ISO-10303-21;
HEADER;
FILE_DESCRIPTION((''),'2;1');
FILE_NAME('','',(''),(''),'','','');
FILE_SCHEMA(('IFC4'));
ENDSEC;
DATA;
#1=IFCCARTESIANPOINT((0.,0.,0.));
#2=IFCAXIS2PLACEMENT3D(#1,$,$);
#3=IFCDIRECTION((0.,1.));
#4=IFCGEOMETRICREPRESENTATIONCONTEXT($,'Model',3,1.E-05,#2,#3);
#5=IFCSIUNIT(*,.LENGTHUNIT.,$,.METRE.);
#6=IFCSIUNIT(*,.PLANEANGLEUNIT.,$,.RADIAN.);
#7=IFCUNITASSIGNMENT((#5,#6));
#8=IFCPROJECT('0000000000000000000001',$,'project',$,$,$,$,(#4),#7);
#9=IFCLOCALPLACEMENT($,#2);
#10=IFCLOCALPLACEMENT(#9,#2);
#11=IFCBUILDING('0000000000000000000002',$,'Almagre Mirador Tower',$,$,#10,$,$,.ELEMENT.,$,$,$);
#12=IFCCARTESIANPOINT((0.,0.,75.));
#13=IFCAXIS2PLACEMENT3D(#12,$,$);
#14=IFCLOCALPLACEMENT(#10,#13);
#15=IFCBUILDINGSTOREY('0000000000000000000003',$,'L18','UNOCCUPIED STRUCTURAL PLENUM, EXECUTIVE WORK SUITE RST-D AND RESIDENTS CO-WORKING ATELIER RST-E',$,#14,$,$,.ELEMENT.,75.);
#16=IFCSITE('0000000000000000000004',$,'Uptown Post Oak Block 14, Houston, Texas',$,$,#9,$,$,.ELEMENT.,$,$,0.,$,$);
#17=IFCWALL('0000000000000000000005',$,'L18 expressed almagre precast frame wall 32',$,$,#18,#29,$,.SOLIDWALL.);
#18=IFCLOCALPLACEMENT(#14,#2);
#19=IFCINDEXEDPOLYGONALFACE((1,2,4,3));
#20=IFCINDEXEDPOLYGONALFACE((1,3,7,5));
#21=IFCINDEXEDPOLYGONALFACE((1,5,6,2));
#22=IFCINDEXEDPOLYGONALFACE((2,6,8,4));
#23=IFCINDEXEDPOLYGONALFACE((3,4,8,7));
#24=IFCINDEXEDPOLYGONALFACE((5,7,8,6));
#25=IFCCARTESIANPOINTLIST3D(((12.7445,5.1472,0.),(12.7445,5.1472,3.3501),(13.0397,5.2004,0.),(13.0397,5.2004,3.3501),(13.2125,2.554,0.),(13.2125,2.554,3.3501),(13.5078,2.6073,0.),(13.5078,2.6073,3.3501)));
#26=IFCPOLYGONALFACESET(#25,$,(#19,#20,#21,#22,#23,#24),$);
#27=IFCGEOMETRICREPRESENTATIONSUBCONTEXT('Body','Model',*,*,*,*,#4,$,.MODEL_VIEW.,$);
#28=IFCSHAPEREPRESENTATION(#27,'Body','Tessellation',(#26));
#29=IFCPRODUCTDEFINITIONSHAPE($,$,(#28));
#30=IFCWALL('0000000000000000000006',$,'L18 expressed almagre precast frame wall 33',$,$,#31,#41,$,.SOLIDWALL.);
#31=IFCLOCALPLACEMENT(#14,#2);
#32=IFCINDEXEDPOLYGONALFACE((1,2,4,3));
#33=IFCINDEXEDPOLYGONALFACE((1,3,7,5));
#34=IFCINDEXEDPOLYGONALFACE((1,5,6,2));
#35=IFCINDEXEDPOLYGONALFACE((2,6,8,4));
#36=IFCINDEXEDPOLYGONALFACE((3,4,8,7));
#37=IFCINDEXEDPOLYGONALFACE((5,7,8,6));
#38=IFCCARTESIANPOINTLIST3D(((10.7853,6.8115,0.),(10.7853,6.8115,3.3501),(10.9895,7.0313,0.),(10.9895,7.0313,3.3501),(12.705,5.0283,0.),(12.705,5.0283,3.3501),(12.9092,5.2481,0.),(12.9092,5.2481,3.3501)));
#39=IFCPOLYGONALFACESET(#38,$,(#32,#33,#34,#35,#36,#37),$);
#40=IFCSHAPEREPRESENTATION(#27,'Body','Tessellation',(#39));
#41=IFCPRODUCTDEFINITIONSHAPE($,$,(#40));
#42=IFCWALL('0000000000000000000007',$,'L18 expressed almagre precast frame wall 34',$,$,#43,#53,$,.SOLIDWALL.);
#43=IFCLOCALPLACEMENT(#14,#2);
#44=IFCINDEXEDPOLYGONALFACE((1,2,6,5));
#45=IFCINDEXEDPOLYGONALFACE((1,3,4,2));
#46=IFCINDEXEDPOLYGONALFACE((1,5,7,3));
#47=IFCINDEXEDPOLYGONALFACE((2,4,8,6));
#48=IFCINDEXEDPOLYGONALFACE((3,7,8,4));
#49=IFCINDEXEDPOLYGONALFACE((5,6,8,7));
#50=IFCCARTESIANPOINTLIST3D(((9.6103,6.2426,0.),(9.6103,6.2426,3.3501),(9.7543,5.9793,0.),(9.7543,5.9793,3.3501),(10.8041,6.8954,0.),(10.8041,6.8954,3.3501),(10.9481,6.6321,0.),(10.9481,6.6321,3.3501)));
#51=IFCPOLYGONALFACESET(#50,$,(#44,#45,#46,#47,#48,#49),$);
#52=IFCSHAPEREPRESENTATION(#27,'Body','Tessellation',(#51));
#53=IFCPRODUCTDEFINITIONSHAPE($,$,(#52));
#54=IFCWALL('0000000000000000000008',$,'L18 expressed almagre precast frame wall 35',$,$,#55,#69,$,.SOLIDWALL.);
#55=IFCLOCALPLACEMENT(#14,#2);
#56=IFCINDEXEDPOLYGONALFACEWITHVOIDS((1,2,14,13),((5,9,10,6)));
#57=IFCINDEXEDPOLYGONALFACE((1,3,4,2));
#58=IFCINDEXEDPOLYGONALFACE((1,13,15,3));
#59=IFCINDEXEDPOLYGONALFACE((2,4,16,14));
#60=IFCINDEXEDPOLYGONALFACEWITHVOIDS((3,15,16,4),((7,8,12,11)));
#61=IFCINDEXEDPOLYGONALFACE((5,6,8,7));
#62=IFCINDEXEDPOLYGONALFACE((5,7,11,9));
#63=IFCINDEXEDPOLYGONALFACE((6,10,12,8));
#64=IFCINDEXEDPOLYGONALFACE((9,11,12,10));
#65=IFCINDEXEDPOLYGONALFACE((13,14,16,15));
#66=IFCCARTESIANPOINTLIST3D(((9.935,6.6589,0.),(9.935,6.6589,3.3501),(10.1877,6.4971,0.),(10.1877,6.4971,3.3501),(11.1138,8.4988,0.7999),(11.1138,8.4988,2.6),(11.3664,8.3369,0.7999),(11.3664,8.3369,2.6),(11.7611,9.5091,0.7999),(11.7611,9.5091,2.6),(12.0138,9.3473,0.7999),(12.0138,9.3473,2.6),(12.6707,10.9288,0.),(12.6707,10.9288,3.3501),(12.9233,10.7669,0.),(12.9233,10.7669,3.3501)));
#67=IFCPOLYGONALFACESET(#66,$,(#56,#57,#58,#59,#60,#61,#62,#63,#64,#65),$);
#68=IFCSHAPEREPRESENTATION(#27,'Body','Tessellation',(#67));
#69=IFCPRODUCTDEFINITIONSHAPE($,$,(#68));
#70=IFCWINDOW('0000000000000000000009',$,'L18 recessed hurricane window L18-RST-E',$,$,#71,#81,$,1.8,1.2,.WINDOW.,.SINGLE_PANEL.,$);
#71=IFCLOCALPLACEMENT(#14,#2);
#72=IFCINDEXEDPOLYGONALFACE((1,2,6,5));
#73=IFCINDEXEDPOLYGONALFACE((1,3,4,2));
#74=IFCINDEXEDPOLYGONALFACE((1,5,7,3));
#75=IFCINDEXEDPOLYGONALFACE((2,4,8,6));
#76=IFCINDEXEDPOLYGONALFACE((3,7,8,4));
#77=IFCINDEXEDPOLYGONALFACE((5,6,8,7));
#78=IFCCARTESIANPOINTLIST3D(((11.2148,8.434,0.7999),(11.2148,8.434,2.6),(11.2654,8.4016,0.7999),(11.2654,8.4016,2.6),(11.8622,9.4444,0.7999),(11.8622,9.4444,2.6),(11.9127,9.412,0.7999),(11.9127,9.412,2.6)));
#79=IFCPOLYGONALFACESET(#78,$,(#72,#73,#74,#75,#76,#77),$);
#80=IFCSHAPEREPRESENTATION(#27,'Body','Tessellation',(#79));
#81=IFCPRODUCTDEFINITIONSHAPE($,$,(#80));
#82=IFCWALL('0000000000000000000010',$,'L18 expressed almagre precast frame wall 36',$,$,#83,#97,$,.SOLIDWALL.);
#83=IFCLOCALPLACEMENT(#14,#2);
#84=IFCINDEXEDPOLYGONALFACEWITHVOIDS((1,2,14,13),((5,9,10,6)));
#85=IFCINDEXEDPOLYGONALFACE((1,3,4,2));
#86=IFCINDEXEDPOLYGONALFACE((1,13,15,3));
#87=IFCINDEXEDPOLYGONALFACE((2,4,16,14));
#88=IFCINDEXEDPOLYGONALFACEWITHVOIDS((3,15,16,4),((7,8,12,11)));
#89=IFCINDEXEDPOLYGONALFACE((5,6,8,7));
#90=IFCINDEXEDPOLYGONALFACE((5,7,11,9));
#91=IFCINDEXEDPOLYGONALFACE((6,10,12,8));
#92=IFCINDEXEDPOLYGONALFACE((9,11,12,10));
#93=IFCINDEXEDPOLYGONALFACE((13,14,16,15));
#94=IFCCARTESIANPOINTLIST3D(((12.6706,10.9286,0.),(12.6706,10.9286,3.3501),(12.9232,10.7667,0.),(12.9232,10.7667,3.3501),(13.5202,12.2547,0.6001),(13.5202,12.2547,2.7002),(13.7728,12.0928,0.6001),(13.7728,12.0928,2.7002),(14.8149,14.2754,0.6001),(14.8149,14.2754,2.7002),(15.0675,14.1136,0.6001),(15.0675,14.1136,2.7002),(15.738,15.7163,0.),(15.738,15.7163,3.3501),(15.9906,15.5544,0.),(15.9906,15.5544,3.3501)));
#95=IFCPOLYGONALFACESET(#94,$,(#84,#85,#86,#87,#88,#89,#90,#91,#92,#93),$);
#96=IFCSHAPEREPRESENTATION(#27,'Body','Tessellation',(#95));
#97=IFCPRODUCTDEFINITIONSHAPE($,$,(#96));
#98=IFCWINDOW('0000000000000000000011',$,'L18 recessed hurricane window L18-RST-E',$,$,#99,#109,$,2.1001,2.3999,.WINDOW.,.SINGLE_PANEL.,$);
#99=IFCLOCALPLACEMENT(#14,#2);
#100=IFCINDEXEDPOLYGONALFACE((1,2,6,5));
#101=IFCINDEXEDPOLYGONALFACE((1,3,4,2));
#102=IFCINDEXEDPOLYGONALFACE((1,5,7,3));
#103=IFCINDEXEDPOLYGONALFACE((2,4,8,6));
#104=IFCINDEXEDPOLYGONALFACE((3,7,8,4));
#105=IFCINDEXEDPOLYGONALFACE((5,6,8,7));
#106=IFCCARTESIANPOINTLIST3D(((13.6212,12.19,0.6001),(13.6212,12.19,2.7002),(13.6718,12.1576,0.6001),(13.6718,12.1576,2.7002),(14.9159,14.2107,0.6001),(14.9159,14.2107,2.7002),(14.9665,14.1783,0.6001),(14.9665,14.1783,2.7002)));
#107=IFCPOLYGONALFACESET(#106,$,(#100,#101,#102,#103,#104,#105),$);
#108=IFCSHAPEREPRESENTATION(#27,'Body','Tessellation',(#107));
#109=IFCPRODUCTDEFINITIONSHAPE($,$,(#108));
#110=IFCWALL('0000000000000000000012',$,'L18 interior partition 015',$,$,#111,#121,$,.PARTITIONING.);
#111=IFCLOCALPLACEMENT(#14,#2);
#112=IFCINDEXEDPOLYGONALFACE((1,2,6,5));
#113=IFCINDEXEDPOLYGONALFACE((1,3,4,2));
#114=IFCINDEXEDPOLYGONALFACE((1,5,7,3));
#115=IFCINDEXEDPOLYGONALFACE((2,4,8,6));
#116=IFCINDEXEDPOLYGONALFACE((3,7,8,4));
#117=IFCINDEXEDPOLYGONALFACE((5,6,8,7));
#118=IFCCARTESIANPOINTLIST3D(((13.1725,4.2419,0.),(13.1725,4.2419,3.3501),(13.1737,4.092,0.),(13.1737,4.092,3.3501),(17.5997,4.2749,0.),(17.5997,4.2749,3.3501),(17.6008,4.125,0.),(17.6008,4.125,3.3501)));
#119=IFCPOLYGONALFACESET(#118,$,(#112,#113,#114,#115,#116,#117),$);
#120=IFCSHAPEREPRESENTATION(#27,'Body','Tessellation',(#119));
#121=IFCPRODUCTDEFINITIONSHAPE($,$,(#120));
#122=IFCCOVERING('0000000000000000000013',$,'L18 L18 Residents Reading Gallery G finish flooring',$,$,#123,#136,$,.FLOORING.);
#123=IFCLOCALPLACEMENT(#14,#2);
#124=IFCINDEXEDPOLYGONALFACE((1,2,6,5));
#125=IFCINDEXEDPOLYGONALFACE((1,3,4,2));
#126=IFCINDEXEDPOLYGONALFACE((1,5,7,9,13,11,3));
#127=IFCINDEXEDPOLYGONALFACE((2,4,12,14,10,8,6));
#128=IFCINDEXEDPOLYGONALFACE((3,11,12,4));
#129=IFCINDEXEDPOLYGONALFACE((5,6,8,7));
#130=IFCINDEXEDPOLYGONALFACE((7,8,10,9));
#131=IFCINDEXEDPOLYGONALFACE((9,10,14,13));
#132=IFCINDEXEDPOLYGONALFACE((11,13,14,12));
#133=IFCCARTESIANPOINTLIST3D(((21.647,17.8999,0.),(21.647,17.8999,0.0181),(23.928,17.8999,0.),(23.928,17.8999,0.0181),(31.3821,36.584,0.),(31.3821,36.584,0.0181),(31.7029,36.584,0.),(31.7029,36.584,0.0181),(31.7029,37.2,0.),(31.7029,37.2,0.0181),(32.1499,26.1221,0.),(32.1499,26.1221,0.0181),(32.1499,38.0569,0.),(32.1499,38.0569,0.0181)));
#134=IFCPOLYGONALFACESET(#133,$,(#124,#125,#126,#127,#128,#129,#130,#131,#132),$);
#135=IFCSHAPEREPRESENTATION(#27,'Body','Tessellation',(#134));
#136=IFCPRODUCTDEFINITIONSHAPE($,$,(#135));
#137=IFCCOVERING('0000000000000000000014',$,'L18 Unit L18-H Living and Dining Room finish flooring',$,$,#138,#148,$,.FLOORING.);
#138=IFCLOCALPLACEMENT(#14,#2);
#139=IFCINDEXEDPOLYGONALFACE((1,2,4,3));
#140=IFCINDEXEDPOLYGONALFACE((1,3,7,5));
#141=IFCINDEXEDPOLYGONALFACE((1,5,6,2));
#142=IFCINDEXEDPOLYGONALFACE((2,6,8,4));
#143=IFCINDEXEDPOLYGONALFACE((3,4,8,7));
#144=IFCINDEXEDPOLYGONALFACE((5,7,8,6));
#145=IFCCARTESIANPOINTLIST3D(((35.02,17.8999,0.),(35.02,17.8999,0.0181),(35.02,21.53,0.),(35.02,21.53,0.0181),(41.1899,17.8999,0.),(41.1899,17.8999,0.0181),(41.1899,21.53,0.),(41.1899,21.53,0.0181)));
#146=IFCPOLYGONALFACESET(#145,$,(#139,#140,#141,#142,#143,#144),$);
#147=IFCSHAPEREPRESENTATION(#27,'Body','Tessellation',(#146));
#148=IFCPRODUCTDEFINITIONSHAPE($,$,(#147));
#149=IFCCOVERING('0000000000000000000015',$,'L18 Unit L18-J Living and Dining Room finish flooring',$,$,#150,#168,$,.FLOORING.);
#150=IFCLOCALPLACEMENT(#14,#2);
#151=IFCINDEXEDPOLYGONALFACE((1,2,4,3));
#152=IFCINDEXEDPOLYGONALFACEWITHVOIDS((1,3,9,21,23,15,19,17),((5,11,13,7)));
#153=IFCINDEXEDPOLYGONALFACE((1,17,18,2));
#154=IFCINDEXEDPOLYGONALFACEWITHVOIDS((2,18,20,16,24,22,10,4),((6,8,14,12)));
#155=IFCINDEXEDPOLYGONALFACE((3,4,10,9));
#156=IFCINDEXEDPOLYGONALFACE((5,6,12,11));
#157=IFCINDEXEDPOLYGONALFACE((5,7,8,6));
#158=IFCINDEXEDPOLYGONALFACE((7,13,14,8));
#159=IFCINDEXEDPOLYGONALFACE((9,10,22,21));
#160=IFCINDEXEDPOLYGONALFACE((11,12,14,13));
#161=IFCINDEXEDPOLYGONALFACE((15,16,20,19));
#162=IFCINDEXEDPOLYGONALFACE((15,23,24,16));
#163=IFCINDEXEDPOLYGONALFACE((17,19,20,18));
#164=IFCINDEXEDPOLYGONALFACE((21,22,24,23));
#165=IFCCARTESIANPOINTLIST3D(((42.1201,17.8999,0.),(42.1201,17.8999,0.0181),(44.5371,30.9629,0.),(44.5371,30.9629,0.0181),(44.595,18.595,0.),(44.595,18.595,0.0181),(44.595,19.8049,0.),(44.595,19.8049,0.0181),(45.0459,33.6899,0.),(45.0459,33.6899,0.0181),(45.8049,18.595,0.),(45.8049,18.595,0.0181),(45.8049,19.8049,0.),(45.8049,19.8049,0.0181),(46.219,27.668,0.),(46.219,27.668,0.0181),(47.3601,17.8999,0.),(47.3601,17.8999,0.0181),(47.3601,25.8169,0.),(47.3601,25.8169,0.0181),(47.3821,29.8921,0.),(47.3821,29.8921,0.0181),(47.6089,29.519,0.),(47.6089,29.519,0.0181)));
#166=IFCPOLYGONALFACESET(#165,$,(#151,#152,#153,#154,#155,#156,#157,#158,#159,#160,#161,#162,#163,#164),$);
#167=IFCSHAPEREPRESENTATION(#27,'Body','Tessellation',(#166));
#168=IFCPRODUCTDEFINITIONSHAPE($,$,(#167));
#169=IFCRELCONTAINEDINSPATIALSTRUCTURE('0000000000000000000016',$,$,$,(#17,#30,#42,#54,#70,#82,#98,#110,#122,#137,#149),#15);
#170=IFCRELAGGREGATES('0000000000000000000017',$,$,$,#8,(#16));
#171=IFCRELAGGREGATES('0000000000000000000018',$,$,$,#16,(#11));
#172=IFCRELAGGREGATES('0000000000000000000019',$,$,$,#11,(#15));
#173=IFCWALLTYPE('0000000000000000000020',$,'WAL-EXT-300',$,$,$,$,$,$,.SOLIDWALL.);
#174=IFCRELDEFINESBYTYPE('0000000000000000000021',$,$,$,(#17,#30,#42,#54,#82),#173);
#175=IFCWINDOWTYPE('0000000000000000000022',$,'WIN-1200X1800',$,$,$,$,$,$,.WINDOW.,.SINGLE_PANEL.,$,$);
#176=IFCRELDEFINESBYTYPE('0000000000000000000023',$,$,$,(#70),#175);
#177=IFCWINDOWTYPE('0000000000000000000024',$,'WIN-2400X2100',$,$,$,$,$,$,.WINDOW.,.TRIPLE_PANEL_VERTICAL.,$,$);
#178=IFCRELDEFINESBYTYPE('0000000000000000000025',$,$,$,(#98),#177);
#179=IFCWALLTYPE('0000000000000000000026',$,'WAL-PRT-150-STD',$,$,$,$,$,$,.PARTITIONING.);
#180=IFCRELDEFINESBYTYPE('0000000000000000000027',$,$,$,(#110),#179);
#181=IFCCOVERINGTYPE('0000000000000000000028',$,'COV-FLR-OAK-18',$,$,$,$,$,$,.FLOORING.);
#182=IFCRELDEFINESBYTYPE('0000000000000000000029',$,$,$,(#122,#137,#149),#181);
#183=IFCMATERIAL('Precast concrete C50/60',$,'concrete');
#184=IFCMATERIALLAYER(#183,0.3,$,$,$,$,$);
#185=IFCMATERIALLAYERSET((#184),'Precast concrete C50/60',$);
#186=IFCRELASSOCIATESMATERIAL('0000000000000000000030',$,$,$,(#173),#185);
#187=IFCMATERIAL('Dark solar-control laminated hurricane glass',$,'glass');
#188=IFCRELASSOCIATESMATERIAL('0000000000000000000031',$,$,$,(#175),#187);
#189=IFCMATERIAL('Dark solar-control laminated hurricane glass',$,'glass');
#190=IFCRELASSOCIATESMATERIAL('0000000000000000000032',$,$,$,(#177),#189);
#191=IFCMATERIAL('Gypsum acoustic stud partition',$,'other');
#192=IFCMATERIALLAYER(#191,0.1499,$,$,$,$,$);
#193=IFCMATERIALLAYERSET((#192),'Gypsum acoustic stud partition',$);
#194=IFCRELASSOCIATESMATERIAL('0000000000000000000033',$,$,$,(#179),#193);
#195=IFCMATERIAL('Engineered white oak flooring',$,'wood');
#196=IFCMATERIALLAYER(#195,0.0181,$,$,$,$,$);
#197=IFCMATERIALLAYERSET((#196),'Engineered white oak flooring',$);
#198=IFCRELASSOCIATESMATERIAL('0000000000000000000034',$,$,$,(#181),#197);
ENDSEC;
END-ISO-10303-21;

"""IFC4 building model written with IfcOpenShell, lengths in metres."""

from ifc_helpers import new_model, si_unit, direction, frame, frame_2d, origin, place, context, subcontext, project, spatial, polyline, rectangle, outline, extrude, material, layer, layer_set, type_object, element, fill, save


model = new_model("IFC4")

# Units and contexts
model_context = context("Model", 3, precision=1e-05, world=origin(), true_north=direction((0.0, 1.0)))
body_context = subcontext(model_context, "Body", "Model", "MODEL_VIEW")
ifc_project = project(units=[si_unit("LENGTHUNIT", "METRE"), si_unit("PLANEANGLEUNIT", "RADIAN")], contexts=[model_context])

# Site, building, storey
site_placement = place(None, origin())
site = spatial("IfcSite", under=ifc_project, at=site_placement, Name="Uptown Post Oak Block 14, Houston, Texas", CompositionType="ELEMENT", RefElevation=0.0)
building_placement = place(site_placement, origin())
building = spatial("IfcBuilding", under=site, at=building_placement, Name="Almagre Mirador Tower", CompositionType="ELEMENT")
storey_placement = place(building_placement, frame((0.0, 0.0, 75.0)))
storey = spatial("IfcBuildingStorey", under=building, at=storey_placement, Name="L18", Description="UNOCCUPIED STRUCTURAL PLENUM, EXECUTIVE WORK SUITE RST-D AND RESIDENTS CO-WORKING ATELIER RST-E", CompositionType="ELEMENT", Elevation=75.0)

# Walls
ifc_material_1 = material(Name="Precast concrete C50/60", Category="concrete")
ifc_layer_1 = layer(ifc_material_1, 0.3)
ifc_layer_set_1 = layer_set([ifc_layer_1], Name="Precast concrete C50/60")
wall_type_1 = type_object("IfcWallType", Name="WAL-EXT-300", PredefinedType="SOLIDWALL", material=ifc_layer_set_1)
wall_1_placement = place(storey_placement, frame((13.3601, 2.5808, 0.0), z_axis=(0.0, 0.0, 1.0), x_axis=(-0.177621, 0.984099, 0.0)))
element("IfcWall", 1, at=wall_1_placement, inside=storey, type_object=wall_type_1, Name="L18 expressed almagre precast frame wall 32", PredefinedType="SOLIDWALL", context=body_context, shape_type="SweptSolid", body=[
    extrude(rectangle(XDim=2.635, YDim=0.3, at=frame_2d((1.3174, 0.0))), origin(), (0.0, 0.0, 1.0), 3.3501),
])
wall_2_placement = place(storey_placement, frame((12.8071, 5.1382, 0.0), z_axis=(0.0, 0.0, 1.0), x_axis=(-0.732671, 0.680583, 0.0)))
element("IfcWall", 2, at=wall_2_placement, inside=storey, type_object=wall_type_1, Name="L18 expressed almagre precast frame wall 33", PredefinedType="SOLIDWALL", context=body_context, shape_type="SweptSolid", body=[
    extrude(rectangle(XDim=2.6201, YDim=0.3, at=frame_2d((1.3101, 0.0))), origin(), (0.0, 0.0, 1.0), 3.3501),
])
wall_3_placement = place(storey_placement, frame((10.876, 6.7637, 0.0), z_axis=(0.0, 0.0, 1.0), x_axis=(-0.877388, -0.479782, 0.0)))
element("IfcWall", 3, at=wall_3_placement, inside=storey, type_object=wall_type_1, Name="L18 expressed almagre precast frame wall 34", PredefinedType="SOLIDWALL", context=body_context, shape_type="SweptSolid", body=[
    extrude(rectangle(XDim=1.3606, YDim=0.3, at=frame_2d((0.6802, 0.0))), origin(), (0.0, 0.0, 1.0), 3.3501),
])

# Walls, openings, windows
wall_4_placement = place(storey_placement, frame((10.0613, 6.5779, 0.0), z_axis=(0.0, 0.0, 1.0), x_axis=(0.539465, 0.842008, 0.0)))
wall_4 = element("IfcWall", 4, at=wall_4_placement, inside=storey, type_object=wall_type_1, Name="L18 expressed almagre precast frame wall 35", PredefinedType="SOLIDWALL", context=body_context, shape_type="SweptSolid", body=[
    extrude(rectangle(XDim=5.071, YDim=0.3, at=frame_2d((2.5356, 0.0))), origin(), (0.0, 0.0, 1.0), 3.3501),
])
opening_1_placement = place(wall_4_placement, frame((2.1851, 0.0, 0.8)))
opening_1 = element("IfcOpeningElement", 5, at=opening_1_placement, cuts=wall_4, PredefinedType="OPENING", context=body_context, shape_type="SweptSolid", body=[
    extrude(rectangle(XDim=1.2, YDim=1.8, at=frame_2d((0.6001, 0.8999))), frame((0.0, 0.1599, 0.0), z_axis=(0.0, -1.0, 0.0), x_axis=(1.0, 0.0, 0.0)), (0.0, 0.0, 1.0), 0.32),
])
ifc_material_2 = material(Name="Dark solar-control laminated hurricane glass", Category="glass")
window_type_1 = type_object("IfcWindowType", Name="WIN-1200X1800", PartitioningType="SINGLE_PANEL", PredefinedType="WINDOW", material=ifc_material_2)
window_1_placement = place(opening_1_placement, origin())
window_1 = element("IfcWindow", 6, at=window_1_placement, inside=storey, type_object=window_type_1, Name="L18 recessed hurricane window L18-RST-E", OverallHeight=1.8, OverallWidth=1.2, PartitioningType="SINGLE_PANEL", PredefinedType="WINDOW", context=body_context, shape_type="SweptSolid", body=[
    extrude(rectangle(XDim=1.2, YDim=1.8, at=frame_2d((0.6001, 0.8999))), frame((0.0, 0.03, 0.0), z_axis=(0.0, -1.0, 0.0), x_axis=(1.0, 0.0, 0.0)), (0.0, 0.0, 1.0), 0.0601),
])
fill(opening_1, window_1)
wall_5_placement = place(storey_placement, frame((12.7969, 10.8477, 0.0), z_axis=(0.0, 0.0, 1.0), x_axis=(0.539468, 0.842006, 0.0)))
wall_5 = element("IfcWall", 7, at=wall_5_placement, inside=storey, type_object=wall_type_1, Name="L18 expressed almagre precast frame wall 36", PredefinedType="SOLIDWALL", context=body_context, shape_type="SweptSolid", body=[
    extrude(rectangle(XDim=5.686, YDim=0.3, at=frame_2d((2.843, 0.0))), origin(), (0.0, 0.0, 1.0), 3.3501),
])
opening_2_placement = place(wall_5_placement, frame((1.575, 0.0, 0.6001)))
opening_2 = element("IfcOpeningElement", 8, at=opening_2_placement, cuts=wall_5, PredefinedType="OPENING", context=body_context, shape_type="SweptSolid", body=[
    extrude(rectangle(XDim=2.3999, YDim=2.1001, at=frame_2d((1.2, 1.05))), frame((0.0, 0.1599, 0.0), z_axis=(0.0, -1.0, 0.0), x_axis=(1.0, 0.0, 0.0)), (0.0, 0.0, 1.0), 0.32),
])
ifc_material_3 = material(Name="Dark solar-control laminated hurricane glass", Category="glass")
window_type_2 = type_object("IfcWindowType", Name="WIN-2400X2100", PartitioningType="TRIPLE_PANEL_VERTICAL", PredefinedType="WINDOW", material=ifc_material_3)
window_2_placement = place(opening_2_placement, origin())
window_2 = element("IfcWindow", 9, at=window_2_placement, inside=storey, type_object=window_type_2, Name="L18 recessed hurricane window L18-RST-E", OverallHeight=2.1001, OverallWidth=2.3999, PartitioningType="SINGLE_PANEL", PredefinedType="WINDOW", context=body_context, shape_type="SweptSolid", body=[
    extrude(rectangle(XDim=2.3999, YDim=2.1001, at=frame_2d((1.2, 1.05))), frame((0.0, 0.03, 0.0), z_axis=(0.0, -1.0, 0.0), x_axis=(1.0, 0.0, 0.0)), (0.0, 0.0, 1.0), 0.0601),
])
fill(opening_2, window_2)

# Wall
ifc_material_4 = material(Name="Gypsum acoustic stud partition", Category="other")
ifc_layer_2 = layer(ifc_material_4, 0.1499)
ifc_layer_set_2 = layer_set([ifc_layer_2], Name="Gypsum acoustic stud partition")
wall_type_2 = type_object("IfcWallType", Name="WAL-PRT-150-STD", PredefinedType="PARTITIONING", material=ifc_layer_set_2)
wall_6_placement = place(storey_placement, frame((13.1731, 4.167, 0.0), z_axis=(0.0, 0.0, 1.0), x_axis=(0.999972, 0.007445, 0.0)))
element("IfcWall", 10, at=wall_6_placement, inside=storey, type_object=wall_type_2, Name="L18 interior partition 015", PredefinedType="PARTITIONING", context=body_context, shape_type="SweptSolid", body=[
    extrude(rectangle(XDim=4.4272, YDim=0.1499, at=frame_2d((2.2136, 0.0))), origin(), (0.0, 0.0, 1.0), 3.3501),
])

# Coverings
ifc_material_5 = material(Name="Engineered white oak flooring", Category="wood")
ifc_layer_3 = layer(ifc_material_5, 0.0181)
ifc_layer_set_3 = layer_set([ifc_layer_3], Name="Engineered white oak flooring")
covering_type = type_object("IfcCoveringType", Name="COV-FLR-OAK-18", PredefinedType="FLOORING", material=ifc_layer_set_3)
covering_1_placement = place(storey_placement, origin())
element("IfcCovering", 11, at=covering_1_placement, inside=storey, type_object=covering_type, Name="L18 L18 Residents Reading Gallery G finish flooring", PredefinedType="FLOORING", context=body_context, shape_type="SweptSolid", body=[
    extrude(outline(polyline([(23.928, 17.8999), (21.647, 17.8999), (31.3821, 36.584), (31.7029, 36.584), (31.7029, 37.2), (32.1499, 38.0569), (32.1499, 26.1221), (23.928, 17.8999)])), origin(), (0.0, 0.0, 1.0), 0.0181),
])
covering_2_placement = place(storey_placement, origin())
element("IfcCovering", 12, at=covering_2_placement, inside=storey, type_object=covering_type, Name="L18 Unit L18-H Living and Dining Room finish flooring", PredefinedType="FLOORING", context=body_context, shape_type="SweptSolid", body=[
    extrude(outline(polyline([(35.02, 21.53), (41.1899, 21.53), (41.1899, 17.8999), (35.02, 17.8999), (35.02, 21.53)])), origin(), (0.0, 0.0, 1.0), 0.0181),
])
covering_3_placement = place(storey_placement, origin())
element("IfcCovering", 13, at=covering_3_placement, inside=storey, type_object=covering_type, Name="L18 Unit L18-J Living and Dining Room finish flooring", PredefinedType="FLOORING", context=body_context, shape_type="SweptSolid", body=[
    extrude(outline(polyline([(47.3601, 25.8169), (47.3601, 17.8999), (42.1201, 17.8999), (44.5371, 30.9629), (45.0459, 33.6899), (47.3821, 29.8921), (47.6089, 29.519), (46.219, 27.668), (47.3601, 25.8169)]), holes=[polyline([(44.595, 18.595), (44.595, 19.8049), (45.8049, 19.8049), (45.8049, 18.595), (44.595, 18.595)])]), origin(), (0.0, 0.0, 1.0), 0.0181),
])

save(model, "model.ifc")
